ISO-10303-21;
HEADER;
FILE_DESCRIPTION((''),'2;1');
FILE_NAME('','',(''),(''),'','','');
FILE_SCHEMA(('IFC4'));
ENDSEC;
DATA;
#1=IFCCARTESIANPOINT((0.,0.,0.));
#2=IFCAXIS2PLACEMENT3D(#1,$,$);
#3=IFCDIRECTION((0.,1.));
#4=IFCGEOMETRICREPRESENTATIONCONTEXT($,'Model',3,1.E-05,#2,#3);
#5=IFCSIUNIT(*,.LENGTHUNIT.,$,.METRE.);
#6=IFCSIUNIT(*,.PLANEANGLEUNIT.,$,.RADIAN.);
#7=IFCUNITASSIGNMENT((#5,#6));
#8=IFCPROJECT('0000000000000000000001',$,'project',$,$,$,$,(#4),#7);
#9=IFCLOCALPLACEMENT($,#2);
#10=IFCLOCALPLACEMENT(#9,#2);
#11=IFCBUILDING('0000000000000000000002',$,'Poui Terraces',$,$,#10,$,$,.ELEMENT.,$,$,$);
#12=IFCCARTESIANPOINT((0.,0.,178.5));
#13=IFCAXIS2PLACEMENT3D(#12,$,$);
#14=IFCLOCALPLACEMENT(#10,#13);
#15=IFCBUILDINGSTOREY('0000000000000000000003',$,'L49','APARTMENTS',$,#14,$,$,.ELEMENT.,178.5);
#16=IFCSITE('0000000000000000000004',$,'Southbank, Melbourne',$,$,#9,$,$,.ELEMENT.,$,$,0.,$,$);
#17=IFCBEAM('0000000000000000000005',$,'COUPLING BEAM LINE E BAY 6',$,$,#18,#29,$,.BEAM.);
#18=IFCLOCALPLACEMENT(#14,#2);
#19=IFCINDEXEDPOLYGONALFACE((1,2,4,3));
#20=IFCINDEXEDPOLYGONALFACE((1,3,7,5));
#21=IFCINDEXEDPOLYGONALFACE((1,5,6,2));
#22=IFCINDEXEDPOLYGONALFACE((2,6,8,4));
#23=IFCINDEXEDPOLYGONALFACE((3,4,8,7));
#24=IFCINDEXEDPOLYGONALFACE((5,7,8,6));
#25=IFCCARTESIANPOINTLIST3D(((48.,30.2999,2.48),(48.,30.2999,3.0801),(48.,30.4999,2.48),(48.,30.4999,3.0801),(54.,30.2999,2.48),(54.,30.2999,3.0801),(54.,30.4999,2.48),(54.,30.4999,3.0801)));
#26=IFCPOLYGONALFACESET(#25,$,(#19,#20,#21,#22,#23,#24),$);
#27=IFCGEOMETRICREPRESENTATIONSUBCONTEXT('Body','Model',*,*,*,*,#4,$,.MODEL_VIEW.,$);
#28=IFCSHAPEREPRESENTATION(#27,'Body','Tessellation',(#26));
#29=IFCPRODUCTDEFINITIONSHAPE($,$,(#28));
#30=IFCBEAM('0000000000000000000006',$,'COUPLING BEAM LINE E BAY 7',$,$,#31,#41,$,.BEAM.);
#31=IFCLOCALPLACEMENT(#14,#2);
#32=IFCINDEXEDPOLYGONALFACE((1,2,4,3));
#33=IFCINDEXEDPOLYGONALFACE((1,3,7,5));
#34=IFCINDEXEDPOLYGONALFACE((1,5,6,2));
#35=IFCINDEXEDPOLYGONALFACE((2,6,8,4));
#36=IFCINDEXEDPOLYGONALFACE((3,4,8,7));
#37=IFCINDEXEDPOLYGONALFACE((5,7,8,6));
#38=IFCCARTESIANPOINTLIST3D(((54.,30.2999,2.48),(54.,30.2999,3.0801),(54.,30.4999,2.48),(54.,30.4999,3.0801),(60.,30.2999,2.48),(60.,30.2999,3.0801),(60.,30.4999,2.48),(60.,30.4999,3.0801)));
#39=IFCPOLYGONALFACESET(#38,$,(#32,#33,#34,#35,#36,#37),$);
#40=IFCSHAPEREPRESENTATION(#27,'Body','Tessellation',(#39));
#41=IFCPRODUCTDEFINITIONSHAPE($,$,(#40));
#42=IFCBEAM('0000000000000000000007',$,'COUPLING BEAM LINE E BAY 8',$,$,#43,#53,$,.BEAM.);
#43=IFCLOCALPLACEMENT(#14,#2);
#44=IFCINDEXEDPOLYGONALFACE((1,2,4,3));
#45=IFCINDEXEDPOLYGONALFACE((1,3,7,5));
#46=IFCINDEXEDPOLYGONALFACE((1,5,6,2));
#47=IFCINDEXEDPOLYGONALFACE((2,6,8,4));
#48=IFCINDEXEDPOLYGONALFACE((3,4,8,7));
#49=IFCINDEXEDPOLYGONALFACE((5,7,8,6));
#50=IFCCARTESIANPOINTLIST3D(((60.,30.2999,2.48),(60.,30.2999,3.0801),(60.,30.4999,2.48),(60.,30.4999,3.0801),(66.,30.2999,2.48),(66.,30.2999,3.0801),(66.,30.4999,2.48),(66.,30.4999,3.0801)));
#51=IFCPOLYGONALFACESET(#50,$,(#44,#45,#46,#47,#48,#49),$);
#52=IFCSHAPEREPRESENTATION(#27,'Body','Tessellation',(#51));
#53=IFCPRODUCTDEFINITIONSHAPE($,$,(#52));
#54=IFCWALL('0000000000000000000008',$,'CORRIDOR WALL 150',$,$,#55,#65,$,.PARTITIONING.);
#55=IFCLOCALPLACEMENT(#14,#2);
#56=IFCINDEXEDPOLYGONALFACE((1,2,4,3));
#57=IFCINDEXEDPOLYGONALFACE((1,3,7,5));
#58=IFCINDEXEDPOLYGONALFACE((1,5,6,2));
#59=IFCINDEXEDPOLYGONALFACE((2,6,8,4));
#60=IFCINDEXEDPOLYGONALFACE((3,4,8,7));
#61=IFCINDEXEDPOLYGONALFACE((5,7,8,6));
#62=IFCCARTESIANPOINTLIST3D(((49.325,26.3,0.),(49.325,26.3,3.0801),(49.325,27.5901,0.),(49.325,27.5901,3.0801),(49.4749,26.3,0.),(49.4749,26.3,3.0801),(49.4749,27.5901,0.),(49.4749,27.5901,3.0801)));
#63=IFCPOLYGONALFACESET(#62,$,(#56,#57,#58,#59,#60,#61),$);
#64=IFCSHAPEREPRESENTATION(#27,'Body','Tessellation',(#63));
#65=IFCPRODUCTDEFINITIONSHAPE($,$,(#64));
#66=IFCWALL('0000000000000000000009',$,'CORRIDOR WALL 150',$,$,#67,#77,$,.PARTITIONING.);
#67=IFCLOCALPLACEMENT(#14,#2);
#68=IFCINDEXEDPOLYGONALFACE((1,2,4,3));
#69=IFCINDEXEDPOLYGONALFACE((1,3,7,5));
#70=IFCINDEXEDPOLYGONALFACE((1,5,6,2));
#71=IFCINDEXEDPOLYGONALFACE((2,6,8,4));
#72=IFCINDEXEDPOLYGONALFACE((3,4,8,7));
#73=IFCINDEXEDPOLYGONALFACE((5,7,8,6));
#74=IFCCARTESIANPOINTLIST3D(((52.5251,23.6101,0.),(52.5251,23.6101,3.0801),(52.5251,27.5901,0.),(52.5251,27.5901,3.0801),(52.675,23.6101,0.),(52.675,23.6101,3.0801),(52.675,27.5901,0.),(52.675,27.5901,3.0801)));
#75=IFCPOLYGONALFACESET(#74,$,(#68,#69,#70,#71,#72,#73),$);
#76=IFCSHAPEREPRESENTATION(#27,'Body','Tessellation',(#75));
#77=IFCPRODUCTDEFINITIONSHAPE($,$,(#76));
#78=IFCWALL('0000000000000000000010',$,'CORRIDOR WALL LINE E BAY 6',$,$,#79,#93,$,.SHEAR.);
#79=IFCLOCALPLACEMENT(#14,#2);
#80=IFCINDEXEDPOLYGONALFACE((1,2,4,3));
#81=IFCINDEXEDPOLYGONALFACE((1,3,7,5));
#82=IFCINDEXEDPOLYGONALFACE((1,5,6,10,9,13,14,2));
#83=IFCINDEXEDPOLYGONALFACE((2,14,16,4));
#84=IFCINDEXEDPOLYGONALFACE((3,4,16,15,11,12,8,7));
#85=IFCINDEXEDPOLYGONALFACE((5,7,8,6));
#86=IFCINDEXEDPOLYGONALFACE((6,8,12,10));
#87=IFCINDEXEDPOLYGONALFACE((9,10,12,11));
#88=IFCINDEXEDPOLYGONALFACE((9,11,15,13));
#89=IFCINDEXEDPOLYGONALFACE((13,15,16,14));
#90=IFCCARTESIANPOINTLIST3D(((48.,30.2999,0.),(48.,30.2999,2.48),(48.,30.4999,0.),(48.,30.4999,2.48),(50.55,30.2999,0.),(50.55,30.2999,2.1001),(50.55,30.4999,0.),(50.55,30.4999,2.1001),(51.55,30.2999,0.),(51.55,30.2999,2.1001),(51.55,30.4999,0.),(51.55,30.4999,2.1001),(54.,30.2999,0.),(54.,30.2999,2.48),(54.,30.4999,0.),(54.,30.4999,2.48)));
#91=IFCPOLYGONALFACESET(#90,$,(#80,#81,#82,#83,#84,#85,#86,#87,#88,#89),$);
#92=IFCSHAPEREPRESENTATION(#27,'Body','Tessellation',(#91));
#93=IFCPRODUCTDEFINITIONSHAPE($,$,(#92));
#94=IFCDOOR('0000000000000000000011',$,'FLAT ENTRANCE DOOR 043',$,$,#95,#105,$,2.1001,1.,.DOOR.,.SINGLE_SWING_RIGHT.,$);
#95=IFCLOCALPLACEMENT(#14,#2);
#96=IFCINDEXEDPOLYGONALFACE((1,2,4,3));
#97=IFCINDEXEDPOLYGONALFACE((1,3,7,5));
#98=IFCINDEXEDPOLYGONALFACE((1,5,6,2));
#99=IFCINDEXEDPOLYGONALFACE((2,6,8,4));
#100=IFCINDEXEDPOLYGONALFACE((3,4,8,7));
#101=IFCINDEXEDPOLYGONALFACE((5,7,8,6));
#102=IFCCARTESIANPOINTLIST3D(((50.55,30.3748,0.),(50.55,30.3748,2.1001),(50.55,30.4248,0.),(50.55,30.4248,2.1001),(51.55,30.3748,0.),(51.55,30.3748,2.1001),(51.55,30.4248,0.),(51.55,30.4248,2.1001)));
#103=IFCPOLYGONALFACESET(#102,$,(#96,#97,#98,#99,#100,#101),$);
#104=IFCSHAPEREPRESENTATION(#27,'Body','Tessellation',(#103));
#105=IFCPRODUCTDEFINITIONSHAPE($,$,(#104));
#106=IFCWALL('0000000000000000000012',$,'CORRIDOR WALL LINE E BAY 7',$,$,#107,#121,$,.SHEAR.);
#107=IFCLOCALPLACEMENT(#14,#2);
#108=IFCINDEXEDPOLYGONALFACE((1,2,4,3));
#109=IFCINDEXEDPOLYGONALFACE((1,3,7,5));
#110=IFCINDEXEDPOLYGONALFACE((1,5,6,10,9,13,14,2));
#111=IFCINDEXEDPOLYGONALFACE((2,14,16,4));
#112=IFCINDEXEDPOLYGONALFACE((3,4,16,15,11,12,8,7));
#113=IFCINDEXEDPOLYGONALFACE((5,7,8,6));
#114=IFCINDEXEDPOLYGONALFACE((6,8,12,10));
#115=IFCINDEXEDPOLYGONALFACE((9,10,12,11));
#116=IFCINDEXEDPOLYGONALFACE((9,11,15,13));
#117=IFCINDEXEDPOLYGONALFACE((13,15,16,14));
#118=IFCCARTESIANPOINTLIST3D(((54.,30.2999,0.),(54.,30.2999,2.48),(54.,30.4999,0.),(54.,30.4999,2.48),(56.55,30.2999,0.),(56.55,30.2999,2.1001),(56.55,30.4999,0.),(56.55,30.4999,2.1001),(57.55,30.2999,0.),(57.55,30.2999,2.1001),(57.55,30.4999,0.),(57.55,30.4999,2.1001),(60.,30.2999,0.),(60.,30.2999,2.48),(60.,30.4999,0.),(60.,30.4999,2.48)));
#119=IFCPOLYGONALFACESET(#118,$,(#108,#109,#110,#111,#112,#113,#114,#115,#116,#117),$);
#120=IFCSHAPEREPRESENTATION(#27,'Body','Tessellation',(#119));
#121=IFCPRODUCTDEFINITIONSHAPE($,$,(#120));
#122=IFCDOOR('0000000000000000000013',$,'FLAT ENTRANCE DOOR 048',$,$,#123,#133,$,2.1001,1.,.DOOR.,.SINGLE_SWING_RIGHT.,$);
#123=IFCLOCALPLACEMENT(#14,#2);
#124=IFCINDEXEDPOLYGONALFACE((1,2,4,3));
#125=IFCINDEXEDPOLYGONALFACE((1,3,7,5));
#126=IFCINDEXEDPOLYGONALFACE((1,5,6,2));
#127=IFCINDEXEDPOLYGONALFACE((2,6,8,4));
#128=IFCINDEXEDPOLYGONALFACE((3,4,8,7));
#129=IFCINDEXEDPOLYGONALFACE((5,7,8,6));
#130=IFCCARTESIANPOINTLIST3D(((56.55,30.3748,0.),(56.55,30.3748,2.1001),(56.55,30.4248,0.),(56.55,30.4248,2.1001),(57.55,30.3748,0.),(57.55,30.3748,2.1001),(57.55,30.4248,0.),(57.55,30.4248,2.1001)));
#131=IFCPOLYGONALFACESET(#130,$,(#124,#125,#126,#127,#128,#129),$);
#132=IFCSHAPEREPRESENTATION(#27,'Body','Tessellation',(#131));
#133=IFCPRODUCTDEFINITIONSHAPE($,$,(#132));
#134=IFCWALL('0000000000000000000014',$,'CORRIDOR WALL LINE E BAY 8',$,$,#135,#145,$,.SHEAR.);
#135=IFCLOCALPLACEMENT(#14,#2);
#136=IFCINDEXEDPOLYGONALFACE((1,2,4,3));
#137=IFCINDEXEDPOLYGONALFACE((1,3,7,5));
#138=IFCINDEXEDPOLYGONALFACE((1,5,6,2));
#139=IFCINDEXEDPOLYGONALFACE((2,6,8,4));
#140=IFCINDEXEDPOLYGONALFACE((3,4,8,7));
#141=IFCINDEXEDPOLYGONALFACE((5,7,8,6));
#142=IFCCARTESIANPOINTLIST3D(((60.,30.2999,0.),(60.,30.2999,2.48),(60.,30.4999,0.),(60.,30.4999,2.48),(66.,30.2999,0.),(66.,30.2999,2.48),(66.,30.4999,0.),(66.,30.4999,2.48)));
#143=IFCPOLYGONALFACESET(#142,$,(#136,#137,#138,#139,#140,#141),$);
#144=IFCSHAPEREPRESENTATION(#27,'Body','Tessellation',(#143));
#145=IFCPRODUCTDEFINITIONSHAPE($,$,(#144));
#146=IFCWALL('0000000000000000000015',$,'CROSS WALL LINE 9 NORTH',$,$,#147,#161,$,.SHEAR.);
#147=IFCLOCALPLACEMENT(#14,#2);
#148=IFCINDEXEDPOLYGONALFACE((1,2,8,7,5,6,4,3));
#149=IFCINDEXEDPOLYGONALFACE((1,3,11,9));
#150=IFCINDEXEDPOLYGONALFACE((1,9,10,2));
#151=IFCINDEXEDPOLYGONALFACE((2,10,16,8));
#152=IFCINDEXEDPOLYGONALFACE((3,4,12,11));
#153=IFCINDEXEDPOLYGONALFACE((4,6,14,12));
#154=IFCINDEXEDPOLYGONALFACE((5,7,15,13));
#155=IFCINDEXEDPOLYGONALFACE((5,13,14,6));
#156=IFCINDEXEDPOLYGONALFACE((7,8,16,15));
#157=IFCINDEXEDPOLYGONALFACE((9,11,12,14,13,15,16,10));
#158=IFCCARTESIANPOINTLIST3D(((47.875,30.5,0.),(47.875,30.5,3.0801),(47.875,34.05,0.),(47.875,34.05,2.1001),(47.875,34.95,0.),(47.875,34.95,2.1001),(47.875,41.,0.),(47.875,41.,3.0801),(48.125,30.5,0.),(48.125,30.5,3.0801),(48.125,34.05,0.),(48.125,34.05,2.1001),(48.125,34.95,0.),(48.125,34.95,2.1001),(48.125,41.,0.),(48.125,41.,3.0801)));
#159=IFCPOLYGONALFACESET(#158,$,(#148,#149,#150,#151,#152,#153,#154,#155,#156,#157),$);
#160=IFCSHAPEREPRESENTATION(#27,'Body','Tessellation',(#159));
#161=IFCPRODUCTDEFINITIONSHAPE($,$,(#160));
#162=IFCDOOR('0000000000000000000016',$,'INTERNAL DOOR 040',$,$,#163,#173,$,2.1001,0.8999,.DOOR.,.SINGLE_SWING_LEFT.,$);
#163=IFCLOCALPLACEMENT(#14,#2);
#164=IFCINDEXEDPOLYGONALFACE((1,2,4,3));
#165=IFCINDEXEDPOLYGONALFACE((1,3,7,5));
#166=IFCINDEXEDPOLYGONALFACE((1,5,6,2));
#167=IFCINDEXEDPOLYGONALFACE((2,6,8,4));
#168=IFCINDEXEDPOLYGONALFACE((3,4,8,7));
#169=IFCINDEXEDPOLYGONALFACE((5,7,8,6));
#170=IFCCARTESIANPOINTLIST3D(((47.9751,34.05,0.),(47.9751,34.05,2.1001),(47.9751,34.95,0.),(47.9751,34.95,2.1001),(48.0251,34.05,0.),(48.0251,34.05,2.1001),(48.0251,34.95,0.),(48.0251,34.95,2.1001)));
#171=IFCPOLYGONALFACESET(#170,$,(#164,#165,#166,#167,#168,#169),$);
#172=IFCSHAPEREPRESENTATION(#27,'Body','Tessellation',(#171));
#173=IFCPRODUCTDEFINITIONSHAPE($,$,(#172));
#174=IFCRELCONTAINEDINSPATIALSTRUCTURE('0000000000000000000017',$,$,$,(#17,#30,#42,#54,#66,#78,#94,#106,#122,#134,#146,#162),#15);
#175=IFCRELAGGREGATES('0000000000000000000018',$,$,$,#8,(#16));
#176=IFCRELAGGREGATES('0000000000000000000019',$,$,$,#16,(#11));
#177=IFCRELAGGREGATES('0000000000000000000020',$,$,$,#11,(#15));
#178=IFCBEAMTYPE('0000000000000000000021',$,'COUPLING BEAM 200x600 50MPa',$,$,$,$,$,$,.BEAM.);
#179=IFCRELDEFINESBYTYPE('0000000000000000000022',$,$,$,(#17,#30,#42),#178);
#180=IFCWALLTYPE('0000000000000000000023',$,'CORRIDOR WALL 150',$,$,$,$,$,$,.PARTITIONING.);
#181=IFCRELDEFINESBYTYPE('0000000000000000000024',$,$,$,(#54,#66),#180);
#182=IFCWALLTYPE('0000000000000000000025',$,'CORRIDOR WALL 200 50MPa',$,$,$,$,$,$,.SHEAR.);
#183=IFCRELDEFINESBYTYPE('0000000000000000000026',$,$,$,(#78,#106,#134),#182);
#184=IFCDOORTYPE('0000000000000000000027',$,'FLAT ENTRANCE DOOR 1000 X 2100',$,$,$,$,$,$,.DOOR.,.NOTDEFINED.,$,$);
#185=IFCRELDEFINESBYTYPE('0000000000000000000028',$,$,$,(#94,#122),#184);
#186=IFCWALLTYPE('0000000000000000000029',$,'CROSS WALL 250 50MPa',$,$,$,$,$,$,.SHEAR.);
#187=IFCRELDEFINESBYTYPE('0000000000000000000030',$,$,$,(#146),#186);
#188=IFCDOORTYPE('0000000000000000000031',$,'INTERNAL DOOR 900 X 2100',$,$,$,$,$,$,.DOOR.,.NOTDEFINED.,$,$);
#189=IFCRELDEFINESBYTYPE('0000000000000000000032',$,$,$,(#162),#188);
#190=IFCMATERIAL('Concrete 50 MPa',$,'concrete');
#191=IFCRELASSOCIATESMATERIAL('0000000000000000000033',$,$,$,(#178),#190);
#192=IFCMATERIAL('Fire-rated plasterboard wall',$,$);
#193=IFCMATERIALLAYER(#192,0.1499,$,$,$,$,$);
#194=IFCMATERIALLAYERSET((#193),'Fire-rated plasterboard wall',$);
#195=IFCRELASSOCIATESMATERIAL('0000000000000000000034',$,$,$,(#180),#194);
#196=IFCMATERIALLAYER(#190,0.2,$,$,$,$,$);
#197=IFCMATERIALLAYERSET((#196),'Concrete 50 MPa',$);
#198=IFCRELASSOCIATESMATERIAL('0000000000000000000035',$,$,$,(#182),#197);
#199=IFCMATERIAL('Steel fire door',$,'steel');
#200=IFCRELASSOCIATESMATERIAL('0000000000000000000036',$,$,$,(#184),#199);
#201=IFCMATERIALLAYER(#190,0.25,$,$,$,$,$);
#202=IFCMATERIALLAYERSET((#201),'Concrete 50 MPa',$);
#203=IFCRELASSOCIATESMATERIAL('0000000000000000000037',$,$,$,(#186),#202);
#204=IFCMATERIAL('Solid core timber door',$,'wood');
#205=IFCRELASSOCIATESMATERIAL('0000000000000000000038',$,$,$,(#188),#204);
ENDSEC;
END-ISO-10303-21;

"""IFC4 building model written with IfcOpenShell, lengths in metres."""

from ifc_helpers import new_model, si_unit, direction, frame, frame_2d, origin, origin_2d, place, context, subcontext, project, spatial, rectangle, extrude, source, transform, mapped, material, layer, layer_set, material_profile, profile_set, type_object, element, fill, save


model = new_model("IFC4")

# Units and contexts
model_context = context("Model", 3, precision=1e-05, world=origin(), true_north=direction((0.0, 1.0)))
body_context = subcontext(model_context, "Body", "Model", "MODEL_VIEW")
ifc_project = project(units=[si_unit("LENGTHUNIT", "METRE"), si_unit("PLANEANGLEUNIT", "RADIAN")], contexts=[model_context])

# Site, building, storey
site_placement = place(None, origin())
site = spatial("IfcSite", under=ifc_project, at=site_placement, Name="Southbank, Melbourne", CompositionType="ELEMENT", RefElevation=0.0)
building_placement = place(site_placement, origin())
building = spatial("IfcBuilding", under=site, at=building_placement, Name="Poui Terraces", CompositionType="ELEMENT")
storey_placement = place(building_placement, frame((0.0, 0.0, 178.5)))
storey = spatial("IfcBuildingStorey", under=building, at=storey_placement, Name="L49", Description="APARTMENTS", CompositionType="ELEMENT", Elevation=178.5)

# Beams
ifc_material_1 = material(Name="Concrete 50 MPa", Category="concrete")
ifc_material_profile = material_profile(ifc_material_1, rectangle(XDim=0.2, YDim=0.6001, at=origin_2d()), Name="RC 200x600")
ifc_profile_set = profile_set([ifc_material_profile], Name="Concrete 50 MPa")
beam_type = type_object("IfcBeamType", Name="COUPLING BEAM 200x600 50MPa", PredefinedType="BEAM", material=ifc_profile_set)
shared_shape = source(origin(), body_context, "Body", "SweptSolid", [
    extrude(rectangle(XDim=0.2, YDim=0.6001, at=origin_2d()), origin(), (0.0, 0.0, 1.0), 6.0),
])
for number, where, z_axis, x_axis, name in (
    (1, (48.0, 30.3999, 2.78), (1.0, 0.0, 0.0), (0.0, 1.0, 0.0), "COUPLING BEAM LINE E BAY 6"),
    (2, (54.0, 30.3999, 2.78), (1.0, 0.0, 0.0), (0.0, 1.0, 0.0), "COUPLING BEAM LINE E BAY 7"),
    (3, (60.0, 30.3999, 2.78), (1.0, 0.0, 0.0), (0.0, 1.0, 0.0), "COUPLING BEAM LINE E BAY 8"),
):
    element("IfcBeam", number, at=place(storey_placement, frame(where, z_axis=z_axis, x_axis=x_axis)), inside=storey, type_object=beam_type, Name=name, PredefinedType="BEAM", context=body_context, shape_type="MappedRepresentation", body=[
        mapped(shared_shape, transform((0.0, 0.0, 0.0))),
    ])

# Walls
ifc_material_2 = material(Name="Fire-rated plasterboard wall")
ifc_layer_1 = layer(ifc_material_2, 0.1499)
ifc_layer_set_1 = layer_set([ifc_layer_1], Name="Fire-rated plasterboard wall")
wall_type_1 = type_object("IfcWallType", Name="CORRIDOR WALL 150", PredefinedType="PARTITIONING", material=ifc_layer_set_1)
wall_1_placement = place(storey_placement, frame((49.3999, 26.3, 0.0), z_axis=(0.0, 0.0, 1.0), x_axis=(0.0, 1.0, 0.0)))
element("IfcWall", 4, at=wall_1_placement, inside=storey, type_object=wall_type_1, Name="CORRIDOR WALL 150", PredefinedType="PARTITIONING", context=body_context, shape_type="SweptSolid", body=[
    extrude(rectangle(XDim=1.29, YDim=0.1499, at=frame_2d((0.645, 0.0))), origin(), (0.0, 0.0, 1.0), 3.0801),
])
wall_2_placement = place(storey_placement, frame((52.6001, 23.6101, 0.0), z_axis=(0.0, 0.0, 1.0), x_axis=(0.0, 1.0, 0.0)))
element("IfcWall", 5, at=wall_2_placement, inside=storey, type_object=wall_type_1, Name="CORRIDOR WALL 150", PredefinedType="PARTITIONING", context=body_context, shape_type="SweptSolid", body=[
    extrude(rectangle(XDim=3.98, YDim=0.1499, at=frame_2d((1.99, 0.0))), origin(), (0.0, 0.0, 1.0), 3.0801),
])

# Walls, openings, doors
ifc_layer_2 = layer(ifc_material_1, 0.2)
ifc_layer_set_2 = layer_set([ifc_layer_2], Name="Concrete 50 MPa")
wall_type_2 = type_object("IfcWallType", Name="CORRIDOR WALL 200 50MPa", PredefinedType="SHEAR", material=ifc_layer_set_2)
wall_3_placement = place(storey_placement, frame((48.0, 30.3999, 0.0), z_axis=(0.0, 0.0, 1.0), x_axis=(1.0, 0.0, 0.0)))
wall_3 = element("IfcWall", 6, at=wall_3_placement, inside=storey, type_object=wall_type_2, Name="CORRIDOR WALL LINE E BAY 6", PredefinedType="SHEAR", context=body_context, shape_type="SweptSolid", body=[
    extrude(rectangle(XDim=6.0, YDim=0.2, at=frame_2d((3.0, 0.0))), origin(), (0.0, 0.0, 1.0), 2.48),
])
opening_1_placement = place(wall_3_placement, frame((2.55, 0.0, 0.0)))
opening_1 = element("IfcOpeningElement", 7, at=opening_1_placement, cuts=wall_3, PredefinedType="OPENING", context=body_context, shape_type="SweptSolid", body=[
    extrude(rectangle(XDim=1.0, YDim=2.1001, at=frame_2d((0.5, 1.05))), frame((0.0, 0.1099, 0.0), z_axis=(0.0, -1.0, 0.0), x_axis=(1.0, 0.0, 0.0)), (0.0, 0.0, 1.0), 0.22),
])
ifc_material_3 = material(Name="Steel fire door", Category="steel")
door_type_1 = type_object("IfcDoorType", Name="FLAT ENTRANCE DOOR 1000 X 2100", OperationType="NOTDEFINED", PredefinedType="DOOR", material=ifc_material_3)
door_1_placement = place(opening_1_placement, origin())
door_1 = element("IfcDoor", 8, at=door_1_placement, inside=storey, type_object=door_type_1, Name="FLAT ENTRANCE DOOR 043", OperationType="SINGLE_SWING_RIGHT", OverallHeight=2.1001, OverallWidth=1.0, PredefinedType="DOOR", context=body_context, shape_type="SweptSolid", body=[
    extrude(rectangle(XDim=1.0, YDim=2.1001, at=frame_2d((0.5, 1.05))), frame((0.0, 0.0249, 0.0), z_axis=(0.0, -1.0, 0.0), x_axis=(1.0, 0.0, 0.0)), (0.0, 0.0, 1.0), 0.05),
])
fill(opening_1, door_1)
wall_4_placement = place(storey_placement, frame((54.0, 30.3999, 0.0), z_axis=(0.0, 0.0, 1.0), x_axis=(1.0, 0.0, 0.0)))
wall_4 = element("IfcWall", 9, at=wall_4_placement, inside=storey, type_object=wall_type_2, Name="CORRIDOR WALL LINE E BAY 7", PredefinedType="SHEAR", context=body_context, shape_type="SweptSolid", body=[
    extrude(rectangle(XDim=6.0, YDim=0.2, at=frame_2d((3.0, 0.0))), origin(), (0.0, 0.0, 1.0), 2.48),
])
opening_2_placement = place(wall_4_placement, frame((2.55, 0.0, 0.0)))
opening_2 = element("IfcOpeningElement", 10, at=opening_2_placement, cuts=wall_4, PredefinedType="OPENING", context=body_context, shape_type="SweptSolid", body=[
    extrude(rectangle(XDim=1.0, YDim=2.1001, at=frame_2d((0.5, 1.05))), frame((0.0, 0.1099, 0.0), z_axis=(0.0, -1.0, 0.0), x_axis=(1.0, 0.0, 0.0)), (0.0, 0.0, 1.0), 0.22),
])
door_2_placement = place(opening_2_placement, origin())
door_2 = element("IfcDoor", 11, at=door_2_placement, inside=storey, type_object=door_type_1, Name="FLAT ENTRANCE DOOR 048", OperationType="SINGLE_SWING_RIGHT", OverallHeight=2.1001, OverallWidth=1.0, PredefinedType="DOOR", context=body_context, shape_type="SweptSolid", body=[
    extrude(rectangle(XDim=1.0, YDim=2.1001, at=frame_2d((0.5, 1.05))), frame((0.0, 0.0249, 0.0), z_axis=(0.0, -1.0, 0.0), x_axis=(1.0, 0.0, 0.0)), (0.0, 0.0, 1.0), 0.05),
])
fill(opening_2, door_2)

# Wall
wall_5_placement = place(storey_placement, frame((60.0, 30.3999, 0.0), z_axis=(0.0, 0.0, 1.0), x_axis=(1.0, 0.0, 0.0)))
element("IfcWall", 12, at=wall_5_placement, inside=storey, type_object=wall_type_2, Name="CORRIDOR WALL LINE E BAY 8", PredefinedType="SHEAR", context=body_context, shape_type="SweptSolid", body=[
    extrude(rectangle(XDim=6.0, YDim=0.2, at=frame_2d((3.0, 0.0))), origin(), (0.0, 0.0, 1.0), 2.48),
])

# Wall, opening, door
ifc_layer_3 = layer(ifc_material_1, 0.25)
ifc_layer_set_3 = layer_set([ifc_layer_3], Name="Concrete 50 MPa")
wall_type_3 = type_object("IfcWallType", Name="CROSS WALL 250 50MPa", PredefinedType="SHEAR", material=ifc_layer_set_3)
wall_6_placement = place(storey_placement, frame((48.0, 30.5, 0.0), z_axis=(0.0, 0.0, 1.0), x_axis=(0.0, 1.0, 0.0)))
wall_6 = element("IfcWall", 13, at=wall_6_placement, inside=storey, type_object=wall_type_3, Name="CROSS WALL LINE 9 NORTH", PredefinedType="SHEAR", context=body_context, shape_type="SweptSolid", body=[
    extrude(rectangle(XDim=10.5, YDim=0.25, at=frame_2d((5.25, 0.0))), origin(), (0.0, 0.0, 1.0), 3.0801),
])
opening_3_placement = place(wall_6_placement, frame((3.55, 0.0, 0.0)))
opening_3 = element("IfcOpeningElement", 14, at=opening_3_placement, cuts=wall_6, PredefinedType="OPENING", context=body_context, shape_type="SweptSolid", body=[
    extrude(rectangle(XDim=0.8999, YDim=2.1001, at=frame_2d((0.45, 1.05))), frame((0.0, 0.135, 0.0), z_axis=(0.0, -1.0, 0.0), x_axis=(1.0, 0.0, 0.0)), (0.0, 0.0, 1.0), 0.27),
])
ifc_material_4 = material(Name="Solid core timber door", Category="wood")
door_type_2 = type_object("IfcDoorType", Name="INTERNAL DOOR 900 X 2100", OperationType="NOTDEFINED", PredefinedType="DOOR", material=ifc_material_4)
door_3_placement = place(opening_3_placement, origin())
door_3 = element("IfcDoor", 15, at=door_3_placement, inside=storey, type_object=door_type_2, Name="INTERNAL DOOR 040", OperationType="SINGLE_SWING_LEFT", OverallHeight=2.1001, OverallWidth=0.8999, PredefinedType="DOOR", context=body_context, shape_type="SweptSolid", body=[
    extrude(rectangle(XDim=0.8999, YDim=2.1001, at=frame_2d((0.45, 1.05))), frame((0.0, 0.0249, 0.0), z_axis=(0.0, -1.0, 0.0), x_axis=(1.0, 0.0, 0.0)), (0.0, 0.0, 1.0), 0.05),
])
fill(opening_3, door_3)

save(model, "model.ifc")
